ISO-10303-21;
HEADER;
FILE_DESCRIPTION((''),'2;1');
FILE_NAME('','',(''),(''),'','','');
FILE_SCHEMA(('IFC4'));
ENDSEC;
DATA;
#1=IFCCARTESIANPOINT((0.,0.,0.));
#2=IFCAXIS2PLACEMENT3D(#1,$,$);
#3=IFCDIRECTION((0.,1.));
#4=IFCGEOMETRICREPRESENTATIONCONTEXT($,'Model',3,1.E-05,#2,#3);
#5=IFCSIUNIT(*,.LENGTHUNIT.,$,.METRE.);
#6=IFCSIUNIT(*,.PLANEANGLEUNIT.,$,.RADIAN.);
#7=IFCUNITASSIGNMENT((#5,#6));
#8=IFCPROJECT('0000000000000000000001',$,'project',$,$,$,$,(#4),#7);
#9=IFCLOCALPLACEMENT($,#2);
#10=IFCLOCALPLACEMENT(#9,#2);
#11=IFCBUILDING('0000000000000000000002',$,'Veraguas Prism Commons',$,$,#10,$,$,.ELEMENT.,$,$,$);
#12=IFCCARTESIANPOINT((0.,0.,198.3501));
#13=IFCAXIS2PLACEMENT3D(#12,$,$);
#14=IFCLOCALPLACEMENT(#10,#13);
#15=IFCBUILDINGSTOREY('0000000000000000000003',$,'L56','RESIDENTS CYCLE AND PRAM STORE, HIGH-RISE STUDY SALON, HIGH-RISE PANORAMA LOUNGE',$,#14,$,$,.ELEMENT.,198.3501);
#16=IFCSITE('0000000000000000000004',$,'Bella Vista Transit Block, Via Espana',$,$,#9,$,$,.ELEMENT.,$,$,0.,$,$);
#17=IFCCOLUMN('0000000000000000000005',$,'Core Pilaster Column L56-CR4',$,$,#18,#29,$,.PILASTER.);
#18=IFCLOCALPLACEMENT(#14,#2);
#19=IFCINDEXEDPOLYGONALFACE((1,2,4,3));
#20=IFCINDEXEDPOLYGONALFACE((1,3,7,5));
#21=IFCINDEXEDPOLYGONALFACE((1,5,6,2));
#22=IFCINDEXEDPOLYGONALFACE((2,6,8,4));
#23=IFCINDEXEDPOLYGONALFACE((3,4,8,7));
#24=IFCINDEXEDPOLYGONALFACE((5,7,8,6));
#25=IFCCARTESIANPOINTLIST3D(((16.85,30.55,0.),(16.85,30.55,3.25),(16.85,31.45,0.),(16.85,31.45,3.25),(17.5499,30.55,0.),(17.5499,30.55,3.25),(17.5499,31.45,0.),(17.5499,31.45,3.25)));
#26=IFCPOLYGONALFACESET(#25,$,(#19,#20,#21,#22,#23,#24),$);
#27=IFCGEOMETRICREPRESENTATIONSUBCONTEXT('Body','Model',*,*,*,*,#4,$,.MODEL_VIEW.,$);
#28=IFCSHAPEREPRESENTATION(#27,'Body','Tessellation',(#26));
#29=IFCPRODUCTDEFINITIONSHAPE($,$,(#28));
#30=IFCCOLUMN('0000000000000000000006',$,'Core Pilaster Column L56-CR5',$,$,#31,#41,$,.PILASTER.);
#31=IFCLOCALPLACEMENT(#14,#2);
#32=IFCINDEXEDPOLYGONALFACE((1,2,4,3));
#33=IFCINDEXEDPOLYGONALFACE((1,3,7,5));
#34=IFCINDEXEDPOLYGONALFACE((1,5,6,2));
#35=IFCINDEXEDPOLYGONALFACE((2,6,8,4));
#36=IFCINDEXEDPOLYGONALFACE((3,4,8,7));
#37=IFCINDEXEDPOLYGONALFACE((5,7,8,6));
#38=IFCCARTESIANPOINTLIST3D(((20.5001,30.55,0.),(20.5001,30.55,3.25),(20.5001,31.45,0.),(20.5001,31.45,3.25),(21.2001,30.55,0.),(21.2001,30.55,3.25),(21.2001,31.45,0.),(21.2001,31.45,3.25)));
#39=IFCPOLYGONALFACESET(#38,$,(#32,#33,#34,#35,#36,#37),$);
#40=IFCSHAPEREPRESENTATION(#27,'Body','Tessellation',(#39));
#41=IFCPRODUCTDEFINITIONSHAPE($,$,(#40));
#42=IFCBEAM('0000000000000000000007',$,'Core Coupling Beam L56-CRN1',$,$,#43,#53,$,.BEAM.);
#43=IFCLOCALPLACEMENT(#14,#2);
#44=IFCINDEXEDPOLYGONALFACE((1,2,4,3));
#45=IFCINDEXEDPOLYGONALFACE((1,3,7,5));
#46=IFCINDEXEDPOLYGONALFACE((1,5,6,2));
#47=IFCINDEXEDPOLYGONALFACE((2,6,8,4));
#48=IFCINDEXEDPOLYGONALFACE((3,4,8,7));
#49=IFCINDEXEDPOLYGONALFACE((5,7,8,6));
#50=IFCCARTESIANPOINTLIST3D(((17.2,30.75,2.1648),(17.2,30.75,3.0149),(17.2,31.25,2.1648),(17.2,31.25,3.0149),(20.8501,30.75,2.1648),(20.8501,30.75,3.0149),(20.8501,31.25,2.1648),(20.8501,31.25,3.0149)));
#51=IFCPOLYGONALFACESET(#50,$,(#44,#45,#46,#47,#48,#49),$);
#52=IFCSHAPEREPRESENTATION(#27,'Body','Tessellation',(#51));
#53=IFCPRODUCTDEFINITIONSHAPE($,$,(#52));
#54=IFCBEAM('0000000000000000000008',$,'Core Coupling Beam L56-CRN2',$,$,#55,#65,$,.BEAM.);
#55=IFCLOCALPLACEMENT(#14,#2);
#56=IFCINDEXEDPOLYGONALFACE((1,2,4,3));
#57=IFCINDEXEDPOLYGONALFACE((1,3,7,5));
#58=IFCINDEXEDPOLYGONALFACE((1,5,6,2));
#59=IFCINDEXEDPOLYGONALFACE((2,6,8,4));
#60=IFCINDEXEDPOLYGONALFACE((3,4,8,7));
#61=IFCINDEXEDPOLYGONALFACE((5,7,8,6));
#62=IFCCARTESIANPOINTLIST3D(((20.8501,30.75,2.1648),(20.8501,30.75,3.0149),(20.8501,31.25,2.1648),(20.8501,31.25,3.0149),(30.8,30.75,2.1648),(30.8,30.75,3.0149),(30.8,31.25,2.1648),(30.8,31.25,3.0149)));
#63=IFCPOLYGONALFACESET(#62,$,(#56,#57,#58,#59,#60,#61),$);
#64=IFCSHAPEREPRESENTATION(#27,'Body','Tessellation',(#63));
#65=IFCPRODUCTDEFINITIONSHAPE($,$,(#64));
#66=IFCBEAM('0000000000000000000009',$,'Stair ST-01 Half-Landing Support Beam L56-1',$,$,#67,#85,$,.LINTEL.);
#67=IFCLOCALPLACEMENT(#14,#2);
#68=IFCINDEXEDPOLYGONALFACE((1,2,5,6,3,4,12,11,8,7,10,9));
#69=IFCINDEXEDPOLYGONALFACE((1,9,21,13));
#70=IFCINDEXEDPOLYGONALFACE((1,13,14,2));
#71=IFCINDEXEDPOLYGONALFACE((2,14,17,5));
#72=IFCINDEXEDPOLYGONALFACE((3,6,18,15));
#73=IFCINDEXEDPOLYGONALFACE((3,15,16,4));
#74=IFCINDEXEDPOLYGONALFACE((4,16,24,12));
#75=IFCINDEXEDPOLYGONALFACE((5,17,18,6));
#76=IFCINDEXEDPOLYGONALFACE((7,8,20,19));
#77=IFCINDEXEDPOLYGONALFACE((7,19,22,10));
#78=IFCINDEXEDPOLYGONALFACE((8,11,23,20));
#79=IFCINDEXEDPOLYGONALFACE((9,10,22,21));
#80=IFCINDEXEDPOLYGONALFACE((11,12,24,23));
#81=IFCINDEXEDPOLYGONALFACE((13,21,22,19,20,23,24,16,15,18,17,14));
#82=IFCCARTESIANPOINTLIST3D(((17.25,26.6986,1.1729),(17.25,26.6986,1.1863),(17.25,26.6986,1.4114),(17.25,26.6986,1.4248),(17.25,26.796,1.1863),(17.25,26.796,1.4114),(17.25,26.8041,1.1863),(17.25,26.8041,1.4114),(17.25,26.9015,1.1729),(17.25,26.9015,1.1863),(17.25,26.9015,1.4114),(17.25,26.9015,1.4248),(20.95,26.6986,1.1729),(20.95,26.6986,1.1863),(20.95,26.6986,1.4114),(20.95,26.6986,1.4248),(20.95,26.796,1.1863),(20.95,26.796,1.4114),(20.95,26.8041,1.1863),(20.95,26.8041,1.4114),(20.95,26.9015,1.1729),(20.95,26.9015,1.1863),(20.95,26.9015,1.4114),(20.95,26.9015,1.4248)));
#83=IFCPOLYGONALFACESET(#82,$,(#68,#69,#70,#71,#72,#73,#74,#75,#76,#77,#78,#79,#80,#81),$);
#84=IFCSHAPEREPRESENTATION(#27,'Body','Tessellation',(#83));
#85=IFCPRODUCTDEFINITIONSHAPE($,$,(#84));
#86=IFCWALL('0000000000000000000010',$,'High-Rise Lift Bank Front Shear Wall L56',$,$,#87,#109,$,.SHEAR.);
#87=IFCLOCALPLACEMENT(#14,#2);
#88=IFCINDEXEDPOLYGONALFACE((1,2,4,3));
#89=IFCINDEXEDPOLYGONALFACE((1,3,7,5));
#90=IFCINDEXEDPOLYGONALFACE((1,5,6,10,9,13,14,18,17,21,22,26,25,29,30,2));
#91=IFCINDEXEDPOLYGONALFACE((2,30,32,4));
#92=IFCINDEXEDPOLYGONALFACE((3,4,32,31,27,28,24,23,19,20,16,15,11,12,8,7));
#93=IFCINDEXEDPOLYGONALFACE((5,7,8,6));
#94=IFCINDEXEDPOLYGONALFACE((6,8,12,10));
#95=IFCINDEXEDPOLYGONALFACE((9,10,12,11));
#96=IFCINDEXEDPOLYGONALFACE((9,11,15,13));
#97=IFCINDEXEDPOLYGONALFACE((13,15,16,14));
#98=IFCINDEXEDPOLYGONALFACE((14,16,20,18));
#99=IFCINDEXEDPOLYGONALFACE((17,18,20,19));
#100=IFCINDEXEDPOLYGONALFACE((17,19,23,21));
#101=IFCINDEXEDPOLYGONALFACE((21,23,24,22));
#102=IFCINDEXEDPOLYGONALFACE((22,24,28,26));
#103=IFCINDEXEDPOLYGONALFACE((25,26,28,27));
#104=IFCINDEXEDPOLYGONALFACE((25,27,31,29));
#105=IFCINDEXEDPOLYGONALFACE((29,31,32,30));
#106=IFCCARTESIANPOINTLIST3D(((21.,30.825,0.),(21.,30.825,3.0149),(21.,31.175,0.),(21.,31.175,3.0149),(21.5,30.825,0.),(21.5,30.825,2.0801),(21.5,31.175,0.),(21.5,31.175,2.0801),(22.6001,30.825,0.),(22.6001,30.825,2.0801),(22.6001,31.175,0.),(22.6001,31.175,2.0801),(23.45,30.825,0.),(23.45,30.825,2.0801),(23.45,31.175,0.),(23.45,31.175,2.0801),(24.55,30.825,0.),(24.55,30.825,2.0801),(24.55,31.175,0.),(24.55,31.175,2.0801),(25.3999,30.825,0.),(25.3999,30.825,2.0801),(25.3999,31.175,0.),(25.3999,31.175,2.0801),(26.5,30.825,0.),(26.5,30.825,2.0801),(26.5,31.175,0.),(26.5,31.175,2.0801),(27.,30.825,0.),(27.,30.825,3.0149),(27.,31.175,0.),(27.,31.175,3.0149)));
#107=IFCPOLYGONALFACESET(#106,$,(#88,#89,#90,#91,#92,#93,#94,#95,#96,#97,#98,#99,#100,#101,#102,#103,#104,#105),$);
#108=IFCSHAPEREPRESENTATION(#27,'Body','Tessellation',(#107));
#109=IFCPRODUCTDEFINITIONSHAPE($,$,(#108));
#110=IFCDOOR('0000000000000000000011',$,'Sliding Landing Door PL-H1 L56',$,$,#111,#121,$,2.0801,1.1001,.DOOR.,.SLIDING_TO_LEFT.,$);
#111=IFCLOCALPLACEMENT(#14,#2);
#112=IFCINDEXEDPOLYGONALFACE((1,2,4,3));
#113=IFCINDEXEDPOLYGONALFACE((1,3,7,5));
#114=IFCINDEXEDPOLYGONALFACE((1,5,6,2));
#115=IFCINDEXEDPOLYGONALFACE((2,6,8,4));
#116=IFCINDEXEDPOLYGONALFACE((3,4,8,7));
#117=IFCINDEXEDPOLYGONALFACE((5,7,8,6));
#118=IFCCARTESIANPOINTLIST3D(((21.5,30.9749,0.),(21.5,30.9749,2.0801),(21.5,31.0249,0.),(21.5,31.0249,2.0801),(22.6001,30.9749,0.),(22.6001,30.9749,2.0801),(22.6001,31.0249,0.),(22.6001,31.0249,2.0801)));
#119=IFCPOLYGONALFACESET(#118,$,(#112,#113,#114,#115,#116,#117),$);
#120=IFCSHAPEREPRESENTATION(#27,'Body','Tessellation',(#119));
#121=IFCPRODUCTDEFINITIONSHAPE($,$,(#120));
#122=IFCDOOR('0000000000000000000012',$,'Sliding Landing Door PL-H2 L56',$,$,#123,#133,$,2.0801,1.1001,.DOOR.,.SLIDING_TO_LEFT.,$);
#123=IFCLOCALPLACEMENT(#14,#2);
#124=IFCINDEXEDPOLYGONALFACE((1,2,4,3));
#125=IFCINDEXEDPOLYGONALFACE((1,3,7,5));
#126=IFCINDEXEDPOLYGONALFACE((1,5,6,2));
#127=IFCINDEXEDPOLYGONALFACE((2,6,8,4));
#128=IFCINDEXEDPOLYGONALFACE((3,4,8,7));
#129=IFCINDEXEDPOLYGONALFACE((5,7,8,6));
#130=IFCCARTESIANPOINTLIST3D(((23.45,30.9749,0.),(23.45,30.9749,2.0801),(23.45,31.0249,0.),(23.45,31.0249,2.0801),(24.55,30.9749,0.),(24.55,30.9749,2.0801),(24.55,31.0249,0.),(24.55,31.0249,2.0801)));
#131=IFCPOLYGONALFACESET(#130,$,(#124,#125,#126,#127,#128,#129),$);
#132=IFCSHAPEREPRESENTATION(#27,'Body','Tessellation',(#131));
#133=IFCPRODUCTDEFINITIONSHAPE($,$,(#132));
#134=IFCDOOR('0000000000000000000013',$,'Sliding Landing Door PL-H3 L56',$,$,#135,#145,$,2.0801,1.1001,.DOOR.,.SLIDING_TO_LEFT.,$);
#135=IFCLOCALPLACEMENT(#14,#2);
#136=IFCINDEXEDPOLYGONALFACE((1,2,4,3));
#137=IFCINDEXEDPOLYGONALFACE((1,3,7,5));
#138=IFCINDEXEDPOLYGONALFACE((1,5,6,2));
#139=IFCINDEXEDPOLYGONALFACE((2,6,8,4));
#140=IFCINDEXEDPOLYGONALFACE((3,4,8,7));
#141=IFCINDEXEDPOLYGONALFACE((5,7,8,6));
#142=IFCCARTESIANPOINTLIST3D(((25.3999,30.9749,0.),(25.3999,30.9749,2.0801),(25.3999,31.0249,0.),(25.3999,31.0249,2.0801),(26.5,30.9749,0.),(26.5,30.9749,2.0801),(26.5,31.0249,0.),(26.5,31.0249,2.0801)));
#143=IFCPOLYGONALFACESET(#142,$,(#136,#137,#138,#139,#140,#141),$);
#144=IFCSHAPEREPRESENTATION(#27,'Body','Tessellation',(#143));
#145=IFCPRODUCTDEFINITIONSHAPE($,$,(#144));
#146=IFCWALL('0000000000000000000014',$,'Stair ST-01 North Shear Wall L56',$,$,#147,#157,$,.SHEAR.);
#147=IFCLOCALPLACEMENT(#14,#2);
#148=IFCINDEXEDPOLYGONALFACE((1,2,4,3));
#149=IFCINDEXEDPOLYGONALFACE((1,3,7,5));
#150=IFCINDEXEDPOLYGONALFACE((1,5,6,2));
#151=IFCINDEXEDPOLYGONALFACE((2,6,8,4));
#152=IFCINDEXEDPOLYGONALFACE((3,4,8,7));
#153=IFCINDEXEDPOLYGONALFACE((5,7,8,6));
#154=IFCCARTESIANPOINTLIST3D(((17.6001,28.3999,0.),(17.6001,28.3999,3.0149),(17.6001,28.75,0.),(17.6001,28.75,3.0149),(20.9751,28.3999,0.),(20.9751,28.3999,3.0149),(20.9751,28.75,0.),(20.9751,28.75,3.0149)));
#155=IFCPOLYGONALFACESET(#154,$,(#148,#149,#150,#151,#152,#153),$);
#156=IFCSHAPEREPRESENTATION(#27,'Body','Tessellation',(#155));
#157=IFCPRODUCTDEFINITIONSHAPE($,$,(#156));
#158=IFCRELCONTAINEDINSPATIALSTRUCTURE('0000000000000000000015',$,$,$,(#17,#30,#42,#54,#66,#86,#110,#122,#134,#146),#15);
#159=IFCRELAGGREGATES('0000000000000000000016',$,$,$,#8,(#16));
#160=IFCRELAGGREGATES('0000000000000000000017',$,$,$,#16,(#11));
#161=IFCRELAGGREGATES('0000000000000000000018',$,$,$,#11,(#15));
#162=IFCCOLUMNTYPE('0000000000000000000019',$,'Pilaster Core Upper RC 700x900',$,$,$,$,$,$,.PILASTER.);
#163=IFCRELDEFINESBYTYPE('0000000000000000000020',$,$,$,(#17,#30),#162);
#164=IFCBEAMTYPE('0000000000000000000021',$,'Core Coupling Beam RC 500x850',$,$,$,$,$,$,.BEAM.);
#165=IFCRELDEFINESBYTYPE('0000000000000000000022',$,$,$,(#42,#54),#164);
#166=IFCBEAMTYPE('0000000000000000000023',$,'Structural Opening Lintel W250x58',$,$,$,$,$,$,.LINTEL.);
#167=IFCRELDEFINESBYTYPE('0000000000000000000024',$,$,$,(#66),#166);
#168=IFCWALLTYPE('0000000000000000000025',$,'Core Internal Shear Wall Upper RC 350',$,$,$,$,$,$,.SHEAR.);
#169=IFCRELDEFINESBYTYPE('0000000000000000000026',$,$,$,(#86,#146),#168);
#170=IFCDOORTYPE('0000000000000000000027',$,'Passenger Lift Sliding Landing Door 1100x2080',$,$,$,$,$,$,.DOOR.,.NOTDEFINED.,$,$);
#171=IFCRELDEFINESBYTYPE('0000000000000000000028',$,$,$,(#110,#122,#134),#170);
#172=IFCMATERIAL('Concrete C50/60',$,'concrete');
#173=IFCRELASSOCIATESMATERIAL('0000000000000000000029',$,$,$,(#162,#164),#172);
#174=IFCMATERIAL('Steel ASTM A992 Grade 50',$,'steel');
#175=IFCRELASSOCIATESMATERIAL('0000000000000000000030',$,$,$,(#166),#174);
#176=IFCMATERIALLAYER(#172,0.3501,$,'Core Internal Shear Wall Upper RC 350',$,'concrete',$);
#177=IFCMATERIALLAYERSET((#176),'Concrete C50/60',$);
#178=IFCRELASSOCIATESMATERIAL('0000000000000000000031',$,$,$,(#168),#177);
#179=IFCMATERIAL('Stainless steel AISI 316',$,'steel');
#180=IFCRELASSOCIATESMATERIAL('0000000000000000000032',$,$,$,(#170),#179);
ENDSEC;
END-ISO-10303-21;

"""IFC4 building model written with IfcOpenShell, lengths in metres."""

from ifc_helpers import new_model, si_unit, direction, frame, frame_2d, origin, origin_2d, place, context, subcontext, project, spatial, rectangle, i_section, extrude, source, transform, mapped, material, layer, layer_set, material_profile, profile_set, type_object, element, fill, save


model = new_model("IFC4")

# Units and contexts
model_context = context("Model", 3, precision=1e-05, world=origin(), true_north=direction((0.0, 1.0)))
body_context = subcontext(model_context, "Body", "Model", "MODEL_VIEW")
ifc_project = project(units=[si_unit("LENGTHUNIT", "METRE"), si_unit("PLANEANGLEUNIT", "RADIAN")], contexts=[model_context])

# Site, building, storey
site_placement = place(None, origin())
site = spatial("IfcSite", under=ifc_project, at=site_placement, Name="Bella Vista Transit Block, Via Espana", CompositionType="ELEMENT", RefElevation=0.0)
building_placement = place(site_placement, origin())
building = spatial("IfcBuilding", under=site, at=building_placement, Name="Veraguas Prism Commons", CompositionType="ELEMENT")
storey_placement = place(building_placement, frame((0.0, 0.0, 198.3501)))
storey = spatial("IfcBuildingStorey", under=building, at=storey_placement, Name="L56", Description="RESIDENTS CYCLE AND PRAM STORE, HIGH-RISE STUDY SALON, HIGH-RISE PANORAMA LOUNGE", CompositionType="ELEMENT", Elevation=198.3501)

# Columns
ifc_material_1 = material(Name="Concrete C50/60", Category="concrete")
ifc_material_profile_1 = material_profile(ifc_material_1, rectangle(XDim=0.7, YDim=0.8999, at=origin_2d()), Name="RC700X900")
ifc_profile_set_1 = profile_set([ifc_material_profile_1], Name="Concrete C50/60")
column_type = type_object("IfcColumnType", Name="Pilaster Core Upper RC 700x900", PredefinedType="PILASTER", material=ifc_profile_set_1)
for number, where, z_axis, x_axis, name in (
    (1, (17.2, 31.0, 0.0), (0.0, 0.0, 1.0), (1.0, 0.0, 0.0), "Core Pilaster Column L56-CR4"),
    (2, (20.8501, 31.0, 0.0), (0.0, 0.0, 1.0), (1.0, 0.0, 0.0), "Core Pilaster Column L56-CR5"),
):
    element("IfcColumn", number, at=place(storey_placement, frame(where, z_axis=z_axis, x_axis=x_axis)), inside=storey, type_object=column_type, Name=name, PredefinedType="PILASTER", context=body_context, shape_type="SweptSolid", body=[
        extrude(rectangle(XDim=0.7, YDim=0.8999, at=origin_2d()), origin(), (0.0, 0.0, 1.0), 3.25),
    ])

# Beams
ifc_material_profile_2 = material_profile(ifc_material_1, rectangle(XDim=0.5, YDim=0.8501, at=origin_2d()), Name="RC500X850")
ifc_profile_set_2 = profile_set([ifc_material_profile_2], Name="Concrete C50/60")
beam_type_1 = type_object("IfcBeamType", Name="Core Coupling Beam RC 500x850", PredefinedType="BEAM", material=ifc_profile_set_2)
beam_1_placement = place(storey_placement, frame((17.2, 31.0, 2.5898), z_axis=(1.0, 0.0, 0.0), x_axis=(0.0, 1.0, 0.0)))
element("IfcBeam", 3, at=beam_1_placement, inside=storey, type_object=beam_type_1, Name="Core Coupling Beam L56-CRN1", PredefinedType="BEAM", context=body_context, shape_type="SweptSolid", body=[
    extrude(rectangle(XDim=0.5, YDim=0.8501, at=origin_2d()), origin(), (0.0, 0.0, 1.0), 3.6501),
])
beam_2_placement = place(storey_placement, frame((20.8501, 31.0, 2.5898), z_axis=(1.0, 0.0, 0.0), x_axis=(0.0, 1.0, 0.0)))
element("IfcBeam", 4, at=beam_2_placement, inside=storey, type_object=beam_type_1, Name="Core Coupling Beam L56-CRN2", PredefinedType="BEAM", context=body_context, shape_type="SweptSolid", body=[
    extrude(rectangle(XDim=0.5, YDim=0.8501, at=origin_2d()), origin(), (0.0, 0.0, 1.0), 9.95),
])
ifc_material_2 = material(Name="Steel ASTM A992 Grade 50", Category="steel")
ifc_material_profile_3 = material_profile(ifc_material_2, i_section(OverallWidth=0.2029, OverallDepth=0.252, WebThickness=0.0081, FlangeThickness=0.0134, at=origin_2d()), Name="W250X58")
ifc_profile_set_3 = profile_set([ifc_material_profile_3], Name="Steel ASTM A992 Grade 50")
beam_type_2 = type_object("IfcBeamType", Name="Structural Opening Lintel W250x58", PredefinedType="LINTEL", material=ifc_profile_set_3)
beam_3_placement = place(storey_placement, frame((17.25, 26.8, 1.2988), z_axis=(1.0, 0.0, 0.0), x_axis=(0.0, 1.0, 0.0)))
element("IfcBeam", 5, at=beam_3_placement, inside=storey, type_object=beam_type_2, Name="Stair ST-01 Half-Landing Support Beam L56-1", PredefinedType="LINTEL", context=body_context, shape_type="SweptSolid", body=[
    extrude(i_section(OverallWidth=0.2029, OverallDepth=0.252, WebThickness=0.0081, FlangeThickness=0.0134, at=origin_2d()), origin(), (0.0, 0.0, 1.0), 3.7),
])

# Wall, openings, doors
ifc_layer_1 = layer(ifc_material_1, 0.3501, Name="Core Internal Shear Wall Upper RC 350", Category="concrete")
ifc_layer_set_1 = layer_set([ifc_layer_1], Name="Concrete C50/60")
wall_type_1 = type_object("IfcWallType", Name="Core Internal Shear Wall Upper RC 350", PredefinedType="SHEAR", material=ifc_layer_set_1)
wall_1_placement = place(storey_placement, frame((21.0, 31.0, 0.0), z_axis=(0.0, 0.0, 1.0), x_axis=(1.0, 0.0, 0.0)))
wall_1 = element("IfcWall", 6, at=wall_1_placement, inside=storey, type_object=wall_type_1, Name="High-Rise Lift Bank Front Shear Wall L56", PredefinedType="SHEAR", context=body_context, shape_type="SweptSolid", body=[
    extrude(rectangle(XDim=6.0, YDim=0.3501, at=frame_2d((3.0, 0.0))), origin(), (0.0, 0.0, 1.0), 3.0149),
])
opening_1_placement = place(wall_1_placement, frame((0.5, 0.0, 0.0)))
opening_1 = element("IfcOpeningElement", 7, at=opening_1_placement, cuts=wall_1, PredefinedType="OPENING", context=body_context, shape_type="SweptSolid", body=[
    extrude(rectangle(XDim=1.1001, YDim=2.0801, at=frame_2d((0.55, 1.04))), frame((0.0, 0.1851, 0.0), z_axis=(0.0, -1.0, 0.0), x_axis=(1.0, 0.0, 0.0)), (0.0, 0.0, 1.0), 0.3701),
])
opening_2_placement = place(wall_1_placement, frame((2.45, 0.0, 0.0)))
opening_2 = element("IfcOpeningElement", 8, at=opening_2_placement, cuts=wall_1, PredefinedType="OPENING", context=body_context, shape_type="SweptSolid", body=[
    extrude(rectangle(XDim=1.1001, YDim=2.0801, at=frame_2d((0.55, 1.04))), frame((0.0, 0.1851, 0.0), z_axis=(0.0, -1.0, 0.0), x_axis=(1.0, 0.0, 0.0)), (0.0, 0.0, 1.0), 0.3701),
])
opening_3_placement = place(wall_1_placement, frame((4.3999, 0.0, 0.0)))
opening_3 = element("IfcOpeningElement", 9, at=opening_3_placement, cuts=wall_1, PredefinedType="OPENING", context=body_context, shape_type="SweptSolid", body=[
    extrude(rectangle(XDim=1.1001, YDim=2.0801, at=frame_2d((0.55, 1.04))), frame((0.0, 0.1851, 0.0), z_axis=(0.0, -1.0, 0.0), x_axis=(1.0, 0.0, 0.0)), (0.0, 0.0, 1.0), 0.3701),
])
ifc_material_3 = material(Name="Stainless steel AISI 316", Category="steel")
door_type_1 = type_object("IfcDoorType", Name="Passenger Lift Sliding Landing Door 1100x2080", OperationType="NOTDEFINED", PredefinedType="DOOR", material=ifc_material_3)
shared_shape_1 = source(origin(), body_context, "Body", "SweptSolid", [
    extrude(rectangle(XDim=1.1001, YDim=2.0801, at=frame_2d((0.55, 1.04))), frame((0.0, 0.0249, 0.0), z_axis=(0.0, -1.0, 0.0), x_axis=(1.0, 0.0, 0.0)), (0.0, 0.0, 1.0), 0.05),
])
door_1_placement = place(opening_1_placement, origin())
door_1 = element("IfcDoor", 10, at=door_1_placement, inside=storey, type_object=door_type_1, Name="Sliding Landing Door PL-H1 L56", OperationType="SLIDING_TO_LEFT", OverallHeight=2.0801, OverallWidth=1.1001, PredefinedType="DOOR", context=body_context, shape_type="MappedRepresentation", body=[
    mapped(shared_shape_1, transform((0.0, 0.0, 0.0), scale=1.0)),
])
fill(opening_1, door_1)
door_2_placement = place(opening_2_placement, origin())
door_2 = element("IfcDoor", 11, at=door_2_placement, inside=storey, type_object=door_type_1, Name="Sliding Landing Door PL-H2 L56", OperationType="SLIDING_TO_LEFT", OverallHeight=2.0801, OverallWidth=1.1001, PredefinedType="DOOR", context=body_context, shape_type="MappedRepresentation", body=[
    mapped(shared_shape_1, transform((0.0, 0.0, 0.0), scale=1.0)),
])
fill(opening_2, door_2)
door_3_placement = place(opening_3_placement, origin())
door_3 = element("IfcDoor", 12, at=door_3_placement, inside=storey, type_object=door_type_1, Name="Sliding Landing Door PL-H3 L56", OperationType="SLIDING_TO_LEFT", OverallHeight=2.0801, OverallWidth=1.1001, PredefinedType="DOOR", context=body_context, shape_type="MappedRepresentation", body=[
    mapped(shared_shape_1, transform((0.0, 0.0, 0.0), scale=1.0)),
])
fill(opening_3, door_3)

# Wall
wall_2_placement = place(storey_placement, frame((17.6001, 28.575, 0.0), z_axis=(0.0, 0.0, 1.0), x_axis=(1.0, 0.0, 0.0)))
element("IfcWall", 13, at=wall_2_placement, inside=storey, type_object=wall_type_1, Name="Stair ST-01 North Shear Wall L56", PredefinedType="SHEAR", context=body_context, shape_type="SweptSolid", body=[
    extrude(rectangle(XDim=3.375, YDim=0.3501, at=frame_2d((1.6875, 0.0))), origin(), (0.0, 0.0, 1.0), 3.0149),
])

save(model, "model.ifc")
